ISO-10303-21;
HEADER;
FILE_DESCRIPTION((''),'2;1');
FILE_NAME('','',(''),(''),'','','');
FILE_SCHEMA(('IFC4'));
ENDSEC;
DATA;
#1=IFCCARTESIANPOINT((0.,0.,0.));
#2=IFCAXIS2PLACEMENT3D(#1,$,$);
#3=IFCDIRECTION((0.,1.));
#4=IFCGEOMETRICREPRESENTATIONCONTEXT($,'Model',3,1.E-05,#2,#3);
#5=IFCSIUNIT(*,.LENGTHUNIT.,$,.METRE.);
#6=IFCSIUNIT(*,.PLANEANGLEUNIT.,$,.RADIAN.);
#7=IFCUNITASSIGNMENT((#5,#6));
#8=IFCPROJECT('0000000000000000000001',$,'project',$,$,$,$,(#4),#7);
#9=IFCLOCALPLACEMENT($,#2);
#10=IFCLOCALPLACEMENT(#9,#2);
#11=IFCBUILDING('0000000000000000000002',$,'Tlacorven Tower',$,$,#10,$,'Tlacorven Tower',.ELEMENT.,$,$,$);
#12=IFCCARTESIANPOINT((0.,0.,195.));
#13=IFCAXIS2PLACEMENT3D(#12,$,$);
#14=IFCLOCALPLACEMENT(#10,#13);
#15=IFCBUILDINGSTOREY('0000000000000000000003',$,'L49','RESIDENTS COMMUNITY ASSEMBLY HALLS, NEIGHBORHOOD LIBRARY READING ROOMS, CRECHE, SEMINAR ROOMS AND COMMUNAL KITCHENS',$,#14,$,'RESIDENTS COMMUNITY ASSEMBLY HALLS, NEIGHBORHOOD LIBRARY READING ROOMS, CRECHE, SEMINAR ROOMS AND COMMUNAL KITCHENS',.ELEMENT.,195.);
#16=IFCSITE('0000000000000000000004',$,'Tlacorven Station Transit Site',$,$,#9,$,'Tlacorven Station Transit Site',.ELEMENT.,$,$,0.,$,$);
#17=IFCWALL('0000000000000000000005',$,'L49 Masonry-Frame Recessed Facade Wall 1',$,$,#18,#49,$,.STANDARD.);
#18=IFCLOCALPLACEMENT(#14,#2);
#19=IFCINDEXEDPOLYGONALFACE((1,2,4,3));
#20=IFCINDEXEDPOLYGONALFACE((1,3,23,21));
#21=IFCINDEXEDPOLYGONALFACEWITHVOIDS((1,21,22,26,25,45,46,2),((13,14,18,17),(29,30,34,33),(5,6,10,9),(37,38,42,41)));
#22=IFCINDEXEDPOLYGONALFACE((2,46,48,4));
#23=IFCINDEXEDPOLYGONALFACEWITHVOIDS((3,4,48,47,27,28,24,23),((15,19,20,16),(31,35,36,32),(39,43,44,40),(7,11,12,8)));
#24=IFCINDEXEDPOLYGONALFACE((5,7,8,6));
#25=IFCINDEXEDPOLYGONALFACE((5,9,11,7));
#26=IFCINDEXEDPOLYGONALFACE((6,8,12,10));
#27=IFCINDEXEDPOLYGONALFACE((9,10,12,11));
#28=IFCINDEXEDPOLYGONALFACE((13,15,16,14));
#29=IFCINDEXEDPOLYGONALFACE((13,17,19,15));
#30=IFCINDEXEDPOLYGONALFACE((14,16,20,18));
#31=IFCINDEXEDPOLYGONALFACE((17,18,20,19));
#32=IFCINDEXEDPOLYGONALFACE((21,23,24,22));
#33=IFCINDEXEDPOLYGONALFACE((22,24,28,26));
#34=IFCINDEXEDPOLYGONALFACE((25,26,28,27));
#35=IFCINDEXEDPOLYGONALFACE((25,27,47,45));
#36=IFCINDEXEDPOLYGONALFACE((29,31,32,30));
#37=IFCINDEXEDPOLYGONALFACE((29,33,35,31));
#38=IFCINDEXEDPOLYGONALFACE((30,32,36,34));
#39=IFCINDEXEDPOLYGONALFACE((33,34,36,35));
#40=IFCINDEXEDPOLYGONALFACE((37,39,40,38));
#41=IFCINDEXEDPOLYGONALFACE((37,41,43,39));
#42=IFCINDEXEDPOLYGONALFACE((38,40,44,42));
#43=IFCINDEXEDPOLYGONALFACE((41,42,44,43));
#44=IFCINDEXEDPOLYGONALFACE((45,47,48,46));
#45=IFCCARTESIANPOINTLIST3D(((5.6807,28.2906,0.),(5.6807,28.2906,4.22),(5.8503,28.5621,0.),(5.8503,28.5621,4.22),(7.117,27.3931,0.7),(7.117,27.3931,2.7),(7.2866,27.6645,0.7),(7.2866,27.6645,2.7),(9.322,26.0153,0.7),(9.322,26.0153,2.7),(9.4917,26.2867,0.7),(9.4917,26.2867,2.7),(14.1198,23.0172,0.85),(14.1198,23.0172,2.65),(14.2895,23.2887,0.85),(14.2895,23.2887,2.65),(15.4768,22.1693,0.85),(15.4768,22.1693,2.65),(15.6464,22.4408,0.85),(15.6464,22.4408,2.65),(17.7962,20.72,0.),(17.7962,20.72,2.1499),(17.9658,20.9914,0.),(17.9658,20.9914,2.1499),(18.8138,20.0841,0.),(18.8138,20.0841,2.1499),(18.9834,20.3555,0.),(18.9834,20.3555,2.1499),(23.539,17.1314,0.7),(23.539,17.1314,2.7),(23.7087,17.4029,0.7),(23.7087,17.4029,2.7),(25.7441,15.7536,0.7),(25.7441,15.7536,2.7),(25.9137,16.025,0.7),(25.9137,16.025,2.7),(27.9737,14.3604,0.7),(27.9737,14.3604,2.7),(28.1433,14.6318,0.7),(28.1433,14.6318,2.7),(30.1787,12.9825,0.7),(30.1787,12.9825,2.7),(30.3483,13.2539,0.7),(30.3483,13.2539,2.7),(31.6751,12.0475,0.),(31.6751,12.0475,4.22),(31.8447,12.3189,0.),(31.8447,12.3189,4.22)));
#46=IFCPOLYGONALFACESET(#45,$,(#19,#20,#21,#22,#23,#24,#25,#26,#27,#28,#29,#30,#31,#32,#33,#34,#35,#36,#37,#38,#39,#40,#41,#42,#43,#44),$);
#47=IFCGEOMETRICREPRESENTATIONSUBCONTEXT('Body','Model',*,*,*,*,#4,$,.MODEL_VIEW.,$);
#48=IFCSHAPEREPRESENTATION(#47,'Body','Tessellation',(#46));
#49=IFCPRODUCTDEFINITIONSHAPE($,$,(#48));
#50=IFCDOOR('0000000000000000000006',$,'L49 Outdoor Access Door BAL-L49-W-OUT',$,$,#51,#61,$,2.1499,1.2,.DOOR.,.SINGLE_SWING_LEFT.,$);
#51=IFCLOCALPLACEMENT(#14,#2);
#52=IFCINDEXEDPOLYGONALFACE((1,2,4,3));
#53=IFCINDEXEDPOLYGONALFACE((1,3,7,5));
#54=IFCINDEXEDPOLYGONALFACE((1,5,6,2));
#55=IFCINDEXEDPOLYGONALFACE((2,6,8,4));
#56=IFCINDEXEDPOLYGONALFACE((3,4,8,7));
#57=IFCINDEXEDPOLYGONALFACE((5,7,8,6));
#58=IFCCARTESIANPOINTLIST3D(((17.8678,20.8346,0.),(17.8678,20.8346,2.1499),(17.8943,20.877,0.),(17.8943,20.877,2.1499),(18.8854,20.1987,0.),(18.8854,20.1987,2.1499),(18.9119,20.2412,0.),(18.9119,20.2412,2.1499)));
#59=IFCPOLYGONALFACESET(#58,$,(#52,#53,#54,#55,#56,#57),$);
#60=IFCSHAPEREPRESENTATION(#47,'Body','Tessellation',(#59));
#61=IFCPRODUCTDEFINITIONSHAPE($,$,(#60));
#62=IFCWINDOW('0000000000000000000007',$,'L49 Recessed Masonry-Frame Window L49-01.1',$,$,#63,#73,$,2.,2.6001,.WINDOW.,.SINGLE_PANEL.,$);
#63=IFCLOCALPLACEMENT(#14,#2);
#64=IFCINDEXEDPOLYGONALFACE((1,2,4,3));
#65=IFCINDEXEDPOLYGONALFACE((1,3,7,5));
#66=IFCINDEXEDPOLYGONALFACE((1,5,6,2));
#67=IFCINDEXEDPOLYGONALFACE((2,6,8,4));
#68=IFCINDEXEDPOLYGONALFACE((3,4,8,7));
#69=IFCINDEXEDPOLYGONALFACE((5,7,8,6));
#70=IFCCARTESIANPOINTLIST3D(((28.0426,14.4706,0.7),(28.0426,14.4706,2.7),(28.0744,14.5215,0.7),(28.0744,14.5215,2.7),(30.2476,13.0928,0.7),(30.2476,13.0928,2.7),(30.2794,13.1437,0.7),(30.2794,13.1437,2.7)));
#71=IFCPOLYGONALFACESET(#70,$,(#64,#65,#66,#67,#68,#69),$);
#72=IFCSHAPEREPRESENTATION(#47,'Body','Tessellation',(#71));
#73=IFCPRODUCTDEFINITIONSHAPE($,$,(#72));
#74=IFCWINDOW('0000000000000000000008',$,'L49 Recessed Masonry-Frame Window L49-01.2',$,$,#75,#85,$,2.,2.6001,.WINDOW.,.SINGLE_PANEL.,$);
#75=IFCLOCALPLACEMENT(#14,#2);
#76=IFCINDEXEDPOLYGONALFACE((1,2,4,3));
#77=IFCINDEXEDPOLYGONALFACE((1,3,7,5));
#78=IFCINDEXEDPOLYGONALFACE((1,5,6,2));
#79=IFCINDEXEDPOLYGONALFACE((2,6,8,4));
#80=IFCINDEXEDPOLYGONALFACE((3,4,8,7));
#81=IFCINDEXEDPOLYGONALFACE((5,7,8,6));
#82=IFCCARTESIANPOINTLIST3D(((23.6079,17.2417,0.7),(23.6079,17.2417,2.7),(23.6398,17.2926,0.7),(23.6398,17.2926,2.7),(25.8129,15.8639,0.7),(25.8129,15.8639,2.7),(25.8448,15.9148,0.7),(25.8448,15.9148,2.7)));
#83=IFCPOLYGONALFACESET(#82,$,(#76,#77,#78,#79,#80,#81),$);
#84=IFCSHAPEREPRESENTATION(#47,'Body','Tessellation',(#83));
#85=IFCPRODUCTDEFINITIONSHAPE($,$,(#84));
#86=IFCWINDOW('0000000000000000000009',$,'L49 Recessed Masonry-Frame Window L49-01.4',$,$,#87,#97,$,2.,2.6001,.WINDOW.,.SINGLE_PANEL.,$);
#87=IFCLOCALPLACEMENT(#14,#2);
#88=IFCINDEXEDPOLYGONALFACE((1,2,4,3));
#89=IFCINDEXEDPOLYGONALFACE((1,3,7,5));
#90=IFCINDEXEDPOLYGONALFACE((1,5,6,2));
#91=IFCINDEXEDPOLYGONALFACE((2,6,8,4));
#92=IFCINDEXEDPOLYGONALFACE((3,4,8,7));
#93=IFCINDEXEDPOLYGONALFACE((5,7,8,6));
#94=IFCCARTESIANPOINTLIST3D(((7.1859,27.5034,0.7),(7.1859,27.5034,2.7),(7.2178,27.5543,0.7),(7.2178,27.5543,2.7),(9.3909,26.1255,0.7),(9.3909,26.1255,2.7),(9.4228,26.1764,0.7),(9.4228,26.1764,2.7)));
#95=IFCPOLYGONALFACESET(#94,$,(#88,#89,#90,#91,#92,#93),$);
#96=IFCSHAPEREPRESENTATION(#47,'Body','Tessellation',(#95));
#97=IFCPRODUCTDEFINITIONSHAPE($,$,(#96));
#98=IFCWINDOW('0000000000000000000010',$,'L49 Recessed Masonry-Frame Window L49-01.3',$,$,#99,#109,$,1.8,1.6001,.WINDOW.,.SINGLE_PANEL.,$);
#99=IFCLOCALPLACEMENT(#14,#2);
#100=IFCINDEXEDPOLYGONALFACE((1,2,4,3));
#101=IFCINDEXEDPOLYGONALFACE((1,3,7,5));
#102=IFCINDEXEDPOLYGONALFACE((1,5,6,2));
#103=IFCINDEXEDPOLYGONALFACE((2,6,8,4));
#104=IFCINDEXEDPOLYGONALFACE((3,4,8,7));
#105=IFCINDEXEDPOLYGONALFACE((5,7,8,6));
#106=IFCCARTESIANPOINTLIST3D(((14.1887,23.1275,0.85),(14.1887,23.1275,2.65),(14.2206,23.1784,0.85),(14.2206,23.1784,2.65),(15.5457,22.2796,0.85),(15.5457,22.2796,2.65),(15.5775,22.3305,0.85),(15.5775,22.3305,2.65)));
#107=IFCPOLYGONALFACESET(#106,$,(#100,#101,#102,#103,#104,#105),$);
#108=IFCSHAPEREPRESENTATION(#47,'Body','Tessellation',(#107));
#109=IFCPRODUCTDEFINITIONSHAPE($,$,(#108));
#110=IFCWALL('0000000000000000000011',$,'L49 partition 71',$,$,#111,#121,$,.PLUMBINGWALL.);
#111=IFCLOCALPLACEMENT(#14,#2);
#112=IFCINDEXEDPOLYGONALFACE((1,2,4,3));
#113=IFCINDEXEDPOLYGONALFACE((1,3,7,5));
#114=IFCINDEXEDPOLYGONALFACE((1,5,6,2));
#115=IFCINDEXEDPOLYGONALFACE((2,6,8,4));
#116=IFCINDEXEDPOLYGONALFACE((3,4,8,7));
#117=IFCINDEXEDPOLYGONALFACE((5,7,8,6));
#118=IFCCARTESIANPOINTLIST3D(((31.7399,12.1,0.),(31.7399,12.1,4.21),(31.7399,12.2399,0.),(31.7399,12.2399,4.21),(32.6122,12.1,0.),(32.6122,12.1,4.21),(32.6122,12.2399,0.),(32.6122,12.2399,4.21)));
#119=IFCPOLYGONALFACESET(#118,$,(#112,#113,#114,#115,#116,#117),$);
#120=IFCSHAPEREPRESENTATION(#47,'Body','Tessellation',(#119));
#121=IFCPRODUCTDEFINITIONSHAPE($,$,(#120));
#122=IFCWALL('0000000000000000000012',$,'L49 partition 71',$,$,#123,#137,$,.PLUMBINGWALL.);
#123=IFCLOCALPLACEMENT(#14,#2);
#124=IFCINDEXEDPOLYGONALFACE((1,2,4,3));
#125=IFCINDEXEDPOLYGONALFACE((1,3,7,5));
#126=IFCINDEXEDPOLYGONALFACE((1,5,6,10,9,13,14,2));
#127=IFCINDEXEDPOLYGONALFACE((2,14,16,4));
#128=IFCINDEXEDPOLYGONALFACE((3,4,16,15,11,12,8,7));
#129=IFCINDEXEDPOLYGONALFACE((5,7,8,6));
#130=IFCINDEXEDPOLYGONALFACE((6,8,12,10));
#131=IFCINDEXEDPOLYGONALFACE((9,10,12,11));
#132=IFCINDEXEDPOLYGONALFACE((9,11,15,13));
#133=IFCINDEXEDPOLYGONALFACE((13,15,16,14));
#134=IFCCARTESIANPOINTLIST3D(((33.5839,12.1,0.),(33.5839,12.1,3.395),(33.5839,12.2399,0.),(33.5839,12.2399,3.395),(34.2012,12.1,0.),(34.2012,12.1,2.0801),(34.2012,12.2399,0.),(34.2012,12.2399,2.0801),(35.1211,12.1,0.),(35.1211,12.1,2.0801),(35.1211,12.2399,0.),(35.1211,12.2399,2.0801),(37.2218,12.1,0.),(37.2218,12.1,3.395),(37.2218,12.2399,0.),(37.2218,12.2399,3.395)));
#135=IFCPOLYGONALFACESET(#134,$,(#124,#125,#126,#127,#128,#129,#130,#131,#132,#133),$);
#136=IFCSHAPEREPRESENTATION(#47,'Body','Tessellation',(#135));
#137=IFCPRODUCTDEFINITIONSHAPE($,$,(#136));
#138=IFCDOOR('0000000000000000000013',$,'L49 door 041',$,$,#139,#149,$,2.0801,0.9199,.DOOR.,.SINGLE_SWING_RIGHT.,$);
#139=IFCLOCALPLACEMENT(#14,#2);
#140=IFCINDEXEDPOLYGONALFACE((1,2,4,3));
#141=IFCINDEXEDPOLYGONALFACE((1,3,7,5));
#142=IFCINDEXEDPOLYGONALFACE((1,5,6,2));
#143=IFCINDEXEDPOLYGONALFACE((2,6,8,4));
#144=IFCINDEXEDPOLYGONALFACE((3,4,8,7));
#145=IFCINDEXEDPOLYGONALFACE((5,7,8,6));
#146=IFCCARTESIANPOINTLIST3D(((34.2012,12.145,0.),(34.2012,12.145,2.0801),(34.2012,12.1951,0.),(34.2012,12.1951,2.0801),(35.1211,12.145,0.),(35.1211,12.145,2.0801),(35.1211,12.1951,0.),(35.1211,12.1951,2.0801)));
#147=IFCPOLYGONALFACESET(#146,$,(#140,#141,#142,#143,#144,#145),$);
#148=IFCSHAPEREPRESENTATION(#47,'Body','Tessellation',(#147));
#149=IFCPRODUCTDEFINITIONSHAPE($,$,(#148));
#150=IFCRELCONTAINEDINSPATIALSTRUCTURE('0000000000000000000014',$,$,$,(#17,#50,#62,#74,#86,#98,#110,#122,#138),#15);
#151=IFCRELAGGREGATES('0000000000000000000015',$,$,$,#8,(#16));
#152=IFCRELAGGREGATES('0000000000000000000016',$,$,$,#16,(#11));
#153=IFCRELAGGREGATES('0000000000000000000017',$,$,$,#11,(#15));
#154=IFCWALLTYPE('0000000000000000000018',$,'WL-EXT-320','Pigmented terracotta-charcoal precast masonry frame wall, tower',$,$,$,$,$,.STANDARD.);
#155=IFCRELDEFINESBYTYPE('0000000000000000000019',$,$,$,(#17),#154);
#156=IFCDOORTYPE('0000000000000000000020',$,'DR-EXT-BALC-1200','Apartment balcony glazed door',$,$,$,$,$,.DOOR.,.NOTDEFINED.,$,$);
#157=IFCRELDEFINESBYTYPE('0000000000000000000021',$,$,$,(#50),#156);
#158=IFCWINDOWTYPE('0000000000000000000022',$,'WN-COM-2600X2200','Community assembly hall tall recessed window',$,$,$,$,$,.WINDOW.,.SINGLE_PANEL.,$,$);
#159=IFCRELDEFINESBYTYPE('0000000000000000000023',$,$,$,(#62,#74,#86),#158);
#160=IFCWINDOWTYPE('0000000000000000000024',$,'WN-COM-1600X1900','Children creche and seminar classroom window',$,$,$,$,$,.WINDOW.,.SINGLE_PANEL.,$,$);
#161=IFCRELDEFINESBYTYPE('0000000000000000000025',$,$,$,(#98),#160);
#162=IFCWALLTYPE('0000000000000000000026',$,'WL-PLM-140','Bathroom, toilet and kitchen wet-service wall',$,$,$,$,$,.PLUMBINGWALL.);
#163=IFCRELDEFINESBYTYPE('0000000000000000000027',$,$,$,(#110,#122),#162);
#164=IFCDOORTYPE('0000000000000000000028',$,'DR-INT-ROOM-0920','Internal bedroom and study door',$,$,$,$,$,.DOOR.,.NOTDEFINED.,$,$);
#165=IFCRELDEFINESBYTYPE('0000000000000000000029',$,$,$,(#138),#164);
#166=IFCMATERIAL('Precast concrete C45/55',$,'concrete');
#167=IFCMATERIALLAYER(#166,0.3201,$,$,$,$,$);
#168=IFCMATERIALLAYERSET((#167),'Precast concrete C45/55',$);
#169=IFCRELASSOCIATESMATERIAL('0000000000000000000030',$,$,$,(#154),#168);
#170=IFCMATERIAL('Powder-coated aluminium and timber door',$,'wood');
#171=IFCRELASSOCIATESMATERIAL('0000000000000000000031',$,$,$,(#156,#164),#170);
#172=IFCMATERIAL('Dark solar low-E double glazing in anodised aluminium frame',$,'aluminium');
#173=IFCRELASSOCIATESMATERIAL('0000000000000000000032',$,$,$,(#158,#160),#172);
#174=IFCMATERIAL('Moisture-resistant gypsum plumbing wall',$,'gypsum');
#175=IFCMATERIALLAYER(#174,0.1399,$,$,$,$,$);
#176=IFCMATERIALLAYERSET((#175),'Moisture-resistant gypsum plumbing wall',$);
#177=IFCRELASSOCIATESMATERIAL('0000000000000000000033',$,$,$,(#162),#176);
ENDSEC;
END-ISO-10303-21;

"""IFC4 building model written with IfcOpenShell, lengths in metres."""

from ifc_helpers import new_model, si_unit, direction, frame, frame_2d, origin, place, context, subcontext, project, spatial, rectangle, extrude, source, transform, mapped, material, layer, layer_set, type_object, element, fill, save


model = new_model("IFC4")

# Units and contexts
model_context = context("Model", 3, precision=1e-05, world=origin(), true_north=direction((0.0, 1.0)))
body_context = subcontext(model_context, "Body", "Model", "MODEL_VIEW")
ifc_project = project(units=[si_unit("LENGTHUNIT", "METRE"), si_unit("PLANEANGLEUNIT", "RADIAN")], contexts=[model_context])

# Site, building, storey
site_placement = place(None, origin())
site = spatial("IfcSite", under=ifc_project, at=site_placement, Name="Tlacorven Station Transit Site", LongName="Tlacorven Station Transit Site", CompositionType="ELEMENT", RefElevation=0.0)
building_placement = place(site_placement, origin())
building = spatial("IfcBuilding", under=site, at=building_placement, Name="Tlacorven Tower", LongName="Tlacorven Tower", CompositionType="ELEMENT")
storey_placement = place(building_placement, frame((0.0, 0.0, 195.0)))
storey = spatial("IfcBuildingStorey", under=building, at=storey_placement, Name="L49", Description="RESIDENTS COMMUNITY ASSEMBLY HALLS, NEIGHBORHOOD LIBRARY READING ROOMS, CRECHE, SEMINAR ROOMS AND COMMUNAL KITCHENS", LongName="RESIDENTS COMMUNITY ASSEMBLY HALLS, NEIGHBORHOOD LIBRARY READING ROOMS, CRECHE, SEMINAR ROOMS AND COMMUNAL KITCHENS", CompositionType="ELEMENT", Elevation=195.0)

# Wall, openings, door, windows
ifc_material_1 = material(Name="Precast concrete C45/55", Category="concrete")
ifc_layer_1 = layer(ifc_material_1, 0.3201)
ifc_layer_set_1 = layer_set([ifc_layer_1], Name="Precast concrete C45/55")
wall_type_1 = type_object("IfcWallType", Name="WL-EXT-320", Description="Pigmented terracotta-charcoal precast masonry frame wall, tower", PredefinedType="STANDARD", material=ifc_layer_set_1)
wall_1_placement = place(storey_placement, frame((31.76, 12.1831, 0.0), z_axis=(0.0, 0.0, 1.0), x_axis=(-0.848047, 0.529921, 0.0)))
wall_1 = element("IfcWall", 1, at=wall_1_placement, inside=storey, type_object=wall_type_1, Name="L49 Masonry-Frame Recessed Facade Wall 1", PredefinedType="STANDARD", context=body_context, shape_type="SweptSolid", body=[
    extrude(rectangle(XDim=30.6521, YDim=0.3201, at=frame_2d((15.3262, 0.0))), origin(), (0.0, 0.0, 1.0), 4.22),
])
opening_1_placement = place(wall_1_placement, frame((15.1658, 0.0, 0.0)))
opening_1 = element("IfcOpeningElement", 2, at=opening_1_placement, cuts=wall_1, PredefinedType="OPENING", context=body_context, shape_type="SweptSolid", body=[
    extrude(rectangle(XDim=1.2, YDim=2.1499, at=frame_2d((0.6001, 1.075))), frame((0.0, 0.1699, 0.0), z_axis=(0.0, -1.0, 0.0), x_axis=(1.0, 0.0, 0.0)), (0.0, 0.0, 1.0), 0.3401),
])
opening_2_placement = place(wall_1_placement, frame((1.7646, 0.0, 0.7)))
opening_2 = element("IfcOpeningElement", 3, at=opening_2_placement, cuts=wall_1, PredefinedType="OPENING", context=body_context, shape_type="SweptSolid", body=[
    extrude(rectangle(XDim=2.6001, YDim=2.0, at=frame_2d((1.3, 1.0))), frame((0.0, 0.1699, 0.0), z_axis=(0.0, -1.0, 0.0), x_axis=(1.0, 0.0, 0.0)), (0.0, 0.0, 1.0), 0.3401),
])
opening_3_placement = place(wall_1_placement, frame((6.9939, 0.0, 0.7)))
opening_3 = element("IfcOpeningElement", 4, at=opening_3_placement, cuts=wall_1, PredefinedType="OPENING", context=body_context, shape_type="SweptSolid", body=[
    extrude(rectangle(XDim=2.6001, YDim=2.0, at=frame_2d((1.3, 1.0))), frame((0.0, 0.1699, 0.0), z_axis=(0.0, -1.0, 0.0), x_axis=(1.0, 0.0, 0.0)), (0.0, 0.0, 1.0), 0.3401),
])
opening_4_placement = place(wall_1_placement, frame((19.1008, 0.0, 0.8501)))
opening_4 = element("IfcOpeningElement", 5, at=opening_4_placement, cuts=wall_1, PredefinedType="OPENING", context=body_context, shape_type="SweptSolid", body=[
    extrude(rectangle(XDim=1.6001, YDim=1.8, at=frame_2d((0.8, 0.8999))), frame((0.0, 0.1699, 0.0), z_axis=(0.0, -1.0, 0.0), x_axis=(1.0, 0.0, 0.0)), (0.0, 0.0, 1.0), 0.3401),
])
opening_5_placement = place(wall_1_placement, frame((26.3584, 0.0, 0.7)))
opening_5 = element("IfcOpeningElement", 6, at=opening_5_placement, cuts=wall_1, PredefinedType="OPENING", context=body_context, shape_type="SweptSolid", body=[
    extrude(rectangle(XDim=2.6001, YDim=2.0, at=frame_2d((1.3, 1.0))), frame((0.0, 0.1699, 0.0), z_axis=(0.0, -1.0, 0.0), x_axis=(1.0, 0.0, 0.0)), (0.0, 0.0, 1.0), 0.3401),
])
ifc_material_2 = material(Name="Powder-coated aluminium and timber door", Category="wood")
door_type_1 = type_object("IfcDoorType", Name="DR-EXT-BALC-1200", Description="Apartment balcony glazed door", OperationType="NOTDEFINED", PredefinedType="DOOR", material=ifc_material_2)
shared_shape_1 = source(origin(), body_context, "Body", "SweptSolid", [
    extrude(rectangle(XDim=1.2, YDim=2.1499, at=frame_2d((0.6001, 1.075))), frame((0.0, 0.0249, 0.0), z_axis=(0.0, -1.0, 0.0), x_axis=(1.0, 0.0, 0.0)), (0.0, 0.0, 1.0), 0.05),
])
door_1_placement = place(opening_1_placement, origin())
door_1 = element("IfcDoor", 7, at=door_1_placement, inside=storey, type_object=door_type_1, Name="L49 Outdoor Access Door BAL-L49-W-OUT", OperationType="SINGLE_SWING_LEFT", OverallHeight=2.1499, OverallWidth=1.2, PredefinedType="DOOR", context=body_context, shape_type="MappedRepresentation", body=[
    mapped(shared_shape_1, transform((0.0, 0.0, 0.0), scale=1.0)),
])
fill(opening_1, door_1)
ifc_material_3 = material(Name="Dark solar low-E double glazing in anodised aluminium frame", Category="aluminium")
window_type_1 = type_object("IfcWindowType", Name="WN-COM-2600X2200", Description="Community assembly hall tall recessed window", PartitioningType="SINGLE_PANEL", PredefinedType="WINDOW", material=ifc_material_3)
shared_shape_2 = source(origin(), body_context, "Body", "SweptSolid", [
    extrude(rectangle(XDim=2.6001, YDim=2.0, at=frame_2d((1.3, 1.0))), frame((0.0, 0.03, 0.0), z_axis=(0.0, -1.0, 0.0), x_axis=(1.0, 0.0, 0.0)), (0.0, 0.0, 1.0), 0.0601),
])
window_1_placement = place(opening_2_placement, origin())
window_1 = element("IfcWindow", 8, at=window_1_placement, inside=storey, type_object=window_type_1, Name="L49 Recessed Masonry-Frame Window L49-01.1", OverallHeight=2.0, OverallWidth=2.6001, PartitioningType="SINGLE_PANEL", PredefinedType="WINDOW", context=body_context, shape_type="MappedRepresentation", body=[
    mapped(shared_shape_2, transform((0.0, 0.0, 0.0), scale=1.0)),
])
fill(opening_2, window_1)
window_2_placement = place(opening_3_placement, origin())
window_2 = element("IfcWindow", 9, at=window_2_placement, inside=storey, type_object=window_type_1, Name="L49 Recessed Masonry-Frame Window L49-01.2", OverallHeight=2.0, OverallWidth=2.6001, PartitioningType="SINGLE_PANEL", PredefinedType="WINDOW", context=body_context, shape_type="MappedRepresentation", body=[
    mapped(shared_shape_2, transform((0.0, 0.0, 0.0), scale=1.0)),
])
fill(opening_3, window_2)
window_3_placement = place(opening_5_placement, origin())
window_3 = element("IfcWindow", 10, at=window_3_placement, inside=storey, type_object=window_type_1, Name="L49 Recessed Masonry-Frame Window L49-01.4", OverallHeight=2.0, OverallWidth=2.6001, PartitioningType="SINGLE_PANEL", PredefinedType="WINDOW", context=body_context, shape_type="MappedRepresentation", body=[
    mapped(shared_shape_2, transform((0.0, 0.0, 0.0), scale=1.0)),
])
fill(opening_5, window_3)
window_type_2 = type_object("IfcWindowType", Name="WN-COM-1600X1900", Description="Children creche and seminar classroom window", PartitioningType="SINGLE_PANEL", PredefinedType="WINDOW", material=ifc_material_3)
shared_shape_3 = source(origin(), body_context, "Body", "SweptSolid", [
    extrude(rectangle(XDim=1.6001, YDim=1.8, at=frame_2d((0.8, 0.8999))), frame((0.0, 0.03, 0.0), z_axis=(0.0, -1.0, 0.0), x_axis=(1.0, 0.0, 0.0)), (0.0, 0.0, 1.0), 0.0601),
])
window_4_placement = place(opening_4_placement, origin())
window_4 = element("IfcWindow", 11, at=window_4_placement, inside=storey, type_object=window_type_2, Name="L49 Recessed Masonry-Frame Window L49-01.3", OverallHeight=1.8, OverallWidth=1.6001, PartitioningType="SINGLE_PANEL", PredefinedType="WINDOW", context=body_context, shape_type="MappedRepresentation", body=[
    mapped(shared_shape_3, transform((0.0, 0.0, 0.0), scale=1.0)),
])
fill(opening_4, window_4)

# Wall
ifc_material_4 = material(Name="Moisture-resistant gypsum plumbing wall", Category="gypsum")
ifc_layer_2 = layer(ifc_material_4, 0.1399)
ifc_layer_set_2 = layer_set([ifc_layer_2], Name="Moisture-resistant gypsum plumbing wall")
wall_type_2 = type_object("IfcWallType", Name="WL-PLM-140", Description="Bathroom, toilet and kitchen wet-service wall", PredefinedType="PLUMBINGWALL", material=ifc_layer_set_2)
wall_2_placement = place(storey_placement, frame((31.74, 12.1699, 0.0), z_axis=(0.0, 0.0, 1.0), x_axis=(1.0, 0.0, 0.0)))
element("IfcWall", 12, at=wall_2_placement, inside=storey, type_object=wall_type_2, Name="L49 partition 71", PredefinedType="PLUMBINGWALL", context=body_context, shape_type="SweptSolid", body=[
    extrude(rectangle(XDim=0.8723, YDim=0.1399, at=frame_2d((0.436, 0.0))), origin(), (0.0, 0.0, 1.0), 4.21),
])

# Wall, opening, door
wall_3_placement = place(storey_placement, frame((33.584, 12.1699, 0.0), z_axis=(0.0, 0.0, 1.0), x_axis=(1.0, 0.0, 0.0)))
wall_3 = element("IfcWall", 13, at=wall_3_placement, inside=storey, type_object=wall_type_2, Name="L49 partition 71", PredefinedType="PLUMBINGWALL", context=body_context, shape_type="SweptSolid", body=[
    extrude(rectangle(XDim=3.6379, YDim=0.1399, at=frame_2d((1.8188, 0.0))), origin(), (0.0, 0.0, 1.0), 3.395),
])
opening_6_placement = place(wall_3_placement, frame((0.6172, 0.0, 0.0)))
opening_6 = element("IfcOpeningElement", 14, at=opening_6_placement, cuts=wall_3, PredefinedType="OPENING", context=body_context, shape_type="SweptSolid", body=[
    extrude(rectangle(XDim=0.9199, YDim=2.0801, at=frame_2d((0.46, 1.04))), frame((0.0, 0.0801, 0.0), z_axis=(0.0, -1.0, 0.0), x_axis=(1.0, 0.0, 0.0)), (0.0, 0.0, 1.0), 0.1599),
])
door_type_2 = type_object("IfcDoorType", Name="DR-INT-ROOM-0920", Description="Internal bedroom and study door", OperationType="NOTDEFINED", PredefinedType="DOOR", material=ifc_material_2)
shared_shape_4 = source(origin(), body_context, "Body", "SweptSolid", [
    extrude(rectangle(XDim=0.9199, YDim=2.0801, at=frame_2d((0.46, 1.04))), frame((0.0, 0.0249, 0.0), z_axis=(0.0, -1.0, 0.0), x_axis=(1.0, 0.0, 0.0)), (0.0, 0.0, 1.0), 0.05),
])
door_2_placement = place(opening_6_placement, frame((0.9199, 0.0, 0.0), z_axis=(0.0, 0.0, 1.0), x_axis=(-1.0, 0.0, 0.0)))
door_2 = element("IfcDoor", 15, at=door_2_placement, inside=storey, type_object=door_type_2, Name="L49 door 041", OperationType="SINGLE_SWING_RIGHT", OverallHeight=2.0801, OverallWidth=0.9199, PredefinedType="DOOR", context=body_context, shape_type="MappedRepresentation", body=[
    mapped(shared_shape_4, transform((0.0, 0.0, 0.0), scale=1.0)),
])
fill(opening_6, door_2)

save(model, "model.ifc")
